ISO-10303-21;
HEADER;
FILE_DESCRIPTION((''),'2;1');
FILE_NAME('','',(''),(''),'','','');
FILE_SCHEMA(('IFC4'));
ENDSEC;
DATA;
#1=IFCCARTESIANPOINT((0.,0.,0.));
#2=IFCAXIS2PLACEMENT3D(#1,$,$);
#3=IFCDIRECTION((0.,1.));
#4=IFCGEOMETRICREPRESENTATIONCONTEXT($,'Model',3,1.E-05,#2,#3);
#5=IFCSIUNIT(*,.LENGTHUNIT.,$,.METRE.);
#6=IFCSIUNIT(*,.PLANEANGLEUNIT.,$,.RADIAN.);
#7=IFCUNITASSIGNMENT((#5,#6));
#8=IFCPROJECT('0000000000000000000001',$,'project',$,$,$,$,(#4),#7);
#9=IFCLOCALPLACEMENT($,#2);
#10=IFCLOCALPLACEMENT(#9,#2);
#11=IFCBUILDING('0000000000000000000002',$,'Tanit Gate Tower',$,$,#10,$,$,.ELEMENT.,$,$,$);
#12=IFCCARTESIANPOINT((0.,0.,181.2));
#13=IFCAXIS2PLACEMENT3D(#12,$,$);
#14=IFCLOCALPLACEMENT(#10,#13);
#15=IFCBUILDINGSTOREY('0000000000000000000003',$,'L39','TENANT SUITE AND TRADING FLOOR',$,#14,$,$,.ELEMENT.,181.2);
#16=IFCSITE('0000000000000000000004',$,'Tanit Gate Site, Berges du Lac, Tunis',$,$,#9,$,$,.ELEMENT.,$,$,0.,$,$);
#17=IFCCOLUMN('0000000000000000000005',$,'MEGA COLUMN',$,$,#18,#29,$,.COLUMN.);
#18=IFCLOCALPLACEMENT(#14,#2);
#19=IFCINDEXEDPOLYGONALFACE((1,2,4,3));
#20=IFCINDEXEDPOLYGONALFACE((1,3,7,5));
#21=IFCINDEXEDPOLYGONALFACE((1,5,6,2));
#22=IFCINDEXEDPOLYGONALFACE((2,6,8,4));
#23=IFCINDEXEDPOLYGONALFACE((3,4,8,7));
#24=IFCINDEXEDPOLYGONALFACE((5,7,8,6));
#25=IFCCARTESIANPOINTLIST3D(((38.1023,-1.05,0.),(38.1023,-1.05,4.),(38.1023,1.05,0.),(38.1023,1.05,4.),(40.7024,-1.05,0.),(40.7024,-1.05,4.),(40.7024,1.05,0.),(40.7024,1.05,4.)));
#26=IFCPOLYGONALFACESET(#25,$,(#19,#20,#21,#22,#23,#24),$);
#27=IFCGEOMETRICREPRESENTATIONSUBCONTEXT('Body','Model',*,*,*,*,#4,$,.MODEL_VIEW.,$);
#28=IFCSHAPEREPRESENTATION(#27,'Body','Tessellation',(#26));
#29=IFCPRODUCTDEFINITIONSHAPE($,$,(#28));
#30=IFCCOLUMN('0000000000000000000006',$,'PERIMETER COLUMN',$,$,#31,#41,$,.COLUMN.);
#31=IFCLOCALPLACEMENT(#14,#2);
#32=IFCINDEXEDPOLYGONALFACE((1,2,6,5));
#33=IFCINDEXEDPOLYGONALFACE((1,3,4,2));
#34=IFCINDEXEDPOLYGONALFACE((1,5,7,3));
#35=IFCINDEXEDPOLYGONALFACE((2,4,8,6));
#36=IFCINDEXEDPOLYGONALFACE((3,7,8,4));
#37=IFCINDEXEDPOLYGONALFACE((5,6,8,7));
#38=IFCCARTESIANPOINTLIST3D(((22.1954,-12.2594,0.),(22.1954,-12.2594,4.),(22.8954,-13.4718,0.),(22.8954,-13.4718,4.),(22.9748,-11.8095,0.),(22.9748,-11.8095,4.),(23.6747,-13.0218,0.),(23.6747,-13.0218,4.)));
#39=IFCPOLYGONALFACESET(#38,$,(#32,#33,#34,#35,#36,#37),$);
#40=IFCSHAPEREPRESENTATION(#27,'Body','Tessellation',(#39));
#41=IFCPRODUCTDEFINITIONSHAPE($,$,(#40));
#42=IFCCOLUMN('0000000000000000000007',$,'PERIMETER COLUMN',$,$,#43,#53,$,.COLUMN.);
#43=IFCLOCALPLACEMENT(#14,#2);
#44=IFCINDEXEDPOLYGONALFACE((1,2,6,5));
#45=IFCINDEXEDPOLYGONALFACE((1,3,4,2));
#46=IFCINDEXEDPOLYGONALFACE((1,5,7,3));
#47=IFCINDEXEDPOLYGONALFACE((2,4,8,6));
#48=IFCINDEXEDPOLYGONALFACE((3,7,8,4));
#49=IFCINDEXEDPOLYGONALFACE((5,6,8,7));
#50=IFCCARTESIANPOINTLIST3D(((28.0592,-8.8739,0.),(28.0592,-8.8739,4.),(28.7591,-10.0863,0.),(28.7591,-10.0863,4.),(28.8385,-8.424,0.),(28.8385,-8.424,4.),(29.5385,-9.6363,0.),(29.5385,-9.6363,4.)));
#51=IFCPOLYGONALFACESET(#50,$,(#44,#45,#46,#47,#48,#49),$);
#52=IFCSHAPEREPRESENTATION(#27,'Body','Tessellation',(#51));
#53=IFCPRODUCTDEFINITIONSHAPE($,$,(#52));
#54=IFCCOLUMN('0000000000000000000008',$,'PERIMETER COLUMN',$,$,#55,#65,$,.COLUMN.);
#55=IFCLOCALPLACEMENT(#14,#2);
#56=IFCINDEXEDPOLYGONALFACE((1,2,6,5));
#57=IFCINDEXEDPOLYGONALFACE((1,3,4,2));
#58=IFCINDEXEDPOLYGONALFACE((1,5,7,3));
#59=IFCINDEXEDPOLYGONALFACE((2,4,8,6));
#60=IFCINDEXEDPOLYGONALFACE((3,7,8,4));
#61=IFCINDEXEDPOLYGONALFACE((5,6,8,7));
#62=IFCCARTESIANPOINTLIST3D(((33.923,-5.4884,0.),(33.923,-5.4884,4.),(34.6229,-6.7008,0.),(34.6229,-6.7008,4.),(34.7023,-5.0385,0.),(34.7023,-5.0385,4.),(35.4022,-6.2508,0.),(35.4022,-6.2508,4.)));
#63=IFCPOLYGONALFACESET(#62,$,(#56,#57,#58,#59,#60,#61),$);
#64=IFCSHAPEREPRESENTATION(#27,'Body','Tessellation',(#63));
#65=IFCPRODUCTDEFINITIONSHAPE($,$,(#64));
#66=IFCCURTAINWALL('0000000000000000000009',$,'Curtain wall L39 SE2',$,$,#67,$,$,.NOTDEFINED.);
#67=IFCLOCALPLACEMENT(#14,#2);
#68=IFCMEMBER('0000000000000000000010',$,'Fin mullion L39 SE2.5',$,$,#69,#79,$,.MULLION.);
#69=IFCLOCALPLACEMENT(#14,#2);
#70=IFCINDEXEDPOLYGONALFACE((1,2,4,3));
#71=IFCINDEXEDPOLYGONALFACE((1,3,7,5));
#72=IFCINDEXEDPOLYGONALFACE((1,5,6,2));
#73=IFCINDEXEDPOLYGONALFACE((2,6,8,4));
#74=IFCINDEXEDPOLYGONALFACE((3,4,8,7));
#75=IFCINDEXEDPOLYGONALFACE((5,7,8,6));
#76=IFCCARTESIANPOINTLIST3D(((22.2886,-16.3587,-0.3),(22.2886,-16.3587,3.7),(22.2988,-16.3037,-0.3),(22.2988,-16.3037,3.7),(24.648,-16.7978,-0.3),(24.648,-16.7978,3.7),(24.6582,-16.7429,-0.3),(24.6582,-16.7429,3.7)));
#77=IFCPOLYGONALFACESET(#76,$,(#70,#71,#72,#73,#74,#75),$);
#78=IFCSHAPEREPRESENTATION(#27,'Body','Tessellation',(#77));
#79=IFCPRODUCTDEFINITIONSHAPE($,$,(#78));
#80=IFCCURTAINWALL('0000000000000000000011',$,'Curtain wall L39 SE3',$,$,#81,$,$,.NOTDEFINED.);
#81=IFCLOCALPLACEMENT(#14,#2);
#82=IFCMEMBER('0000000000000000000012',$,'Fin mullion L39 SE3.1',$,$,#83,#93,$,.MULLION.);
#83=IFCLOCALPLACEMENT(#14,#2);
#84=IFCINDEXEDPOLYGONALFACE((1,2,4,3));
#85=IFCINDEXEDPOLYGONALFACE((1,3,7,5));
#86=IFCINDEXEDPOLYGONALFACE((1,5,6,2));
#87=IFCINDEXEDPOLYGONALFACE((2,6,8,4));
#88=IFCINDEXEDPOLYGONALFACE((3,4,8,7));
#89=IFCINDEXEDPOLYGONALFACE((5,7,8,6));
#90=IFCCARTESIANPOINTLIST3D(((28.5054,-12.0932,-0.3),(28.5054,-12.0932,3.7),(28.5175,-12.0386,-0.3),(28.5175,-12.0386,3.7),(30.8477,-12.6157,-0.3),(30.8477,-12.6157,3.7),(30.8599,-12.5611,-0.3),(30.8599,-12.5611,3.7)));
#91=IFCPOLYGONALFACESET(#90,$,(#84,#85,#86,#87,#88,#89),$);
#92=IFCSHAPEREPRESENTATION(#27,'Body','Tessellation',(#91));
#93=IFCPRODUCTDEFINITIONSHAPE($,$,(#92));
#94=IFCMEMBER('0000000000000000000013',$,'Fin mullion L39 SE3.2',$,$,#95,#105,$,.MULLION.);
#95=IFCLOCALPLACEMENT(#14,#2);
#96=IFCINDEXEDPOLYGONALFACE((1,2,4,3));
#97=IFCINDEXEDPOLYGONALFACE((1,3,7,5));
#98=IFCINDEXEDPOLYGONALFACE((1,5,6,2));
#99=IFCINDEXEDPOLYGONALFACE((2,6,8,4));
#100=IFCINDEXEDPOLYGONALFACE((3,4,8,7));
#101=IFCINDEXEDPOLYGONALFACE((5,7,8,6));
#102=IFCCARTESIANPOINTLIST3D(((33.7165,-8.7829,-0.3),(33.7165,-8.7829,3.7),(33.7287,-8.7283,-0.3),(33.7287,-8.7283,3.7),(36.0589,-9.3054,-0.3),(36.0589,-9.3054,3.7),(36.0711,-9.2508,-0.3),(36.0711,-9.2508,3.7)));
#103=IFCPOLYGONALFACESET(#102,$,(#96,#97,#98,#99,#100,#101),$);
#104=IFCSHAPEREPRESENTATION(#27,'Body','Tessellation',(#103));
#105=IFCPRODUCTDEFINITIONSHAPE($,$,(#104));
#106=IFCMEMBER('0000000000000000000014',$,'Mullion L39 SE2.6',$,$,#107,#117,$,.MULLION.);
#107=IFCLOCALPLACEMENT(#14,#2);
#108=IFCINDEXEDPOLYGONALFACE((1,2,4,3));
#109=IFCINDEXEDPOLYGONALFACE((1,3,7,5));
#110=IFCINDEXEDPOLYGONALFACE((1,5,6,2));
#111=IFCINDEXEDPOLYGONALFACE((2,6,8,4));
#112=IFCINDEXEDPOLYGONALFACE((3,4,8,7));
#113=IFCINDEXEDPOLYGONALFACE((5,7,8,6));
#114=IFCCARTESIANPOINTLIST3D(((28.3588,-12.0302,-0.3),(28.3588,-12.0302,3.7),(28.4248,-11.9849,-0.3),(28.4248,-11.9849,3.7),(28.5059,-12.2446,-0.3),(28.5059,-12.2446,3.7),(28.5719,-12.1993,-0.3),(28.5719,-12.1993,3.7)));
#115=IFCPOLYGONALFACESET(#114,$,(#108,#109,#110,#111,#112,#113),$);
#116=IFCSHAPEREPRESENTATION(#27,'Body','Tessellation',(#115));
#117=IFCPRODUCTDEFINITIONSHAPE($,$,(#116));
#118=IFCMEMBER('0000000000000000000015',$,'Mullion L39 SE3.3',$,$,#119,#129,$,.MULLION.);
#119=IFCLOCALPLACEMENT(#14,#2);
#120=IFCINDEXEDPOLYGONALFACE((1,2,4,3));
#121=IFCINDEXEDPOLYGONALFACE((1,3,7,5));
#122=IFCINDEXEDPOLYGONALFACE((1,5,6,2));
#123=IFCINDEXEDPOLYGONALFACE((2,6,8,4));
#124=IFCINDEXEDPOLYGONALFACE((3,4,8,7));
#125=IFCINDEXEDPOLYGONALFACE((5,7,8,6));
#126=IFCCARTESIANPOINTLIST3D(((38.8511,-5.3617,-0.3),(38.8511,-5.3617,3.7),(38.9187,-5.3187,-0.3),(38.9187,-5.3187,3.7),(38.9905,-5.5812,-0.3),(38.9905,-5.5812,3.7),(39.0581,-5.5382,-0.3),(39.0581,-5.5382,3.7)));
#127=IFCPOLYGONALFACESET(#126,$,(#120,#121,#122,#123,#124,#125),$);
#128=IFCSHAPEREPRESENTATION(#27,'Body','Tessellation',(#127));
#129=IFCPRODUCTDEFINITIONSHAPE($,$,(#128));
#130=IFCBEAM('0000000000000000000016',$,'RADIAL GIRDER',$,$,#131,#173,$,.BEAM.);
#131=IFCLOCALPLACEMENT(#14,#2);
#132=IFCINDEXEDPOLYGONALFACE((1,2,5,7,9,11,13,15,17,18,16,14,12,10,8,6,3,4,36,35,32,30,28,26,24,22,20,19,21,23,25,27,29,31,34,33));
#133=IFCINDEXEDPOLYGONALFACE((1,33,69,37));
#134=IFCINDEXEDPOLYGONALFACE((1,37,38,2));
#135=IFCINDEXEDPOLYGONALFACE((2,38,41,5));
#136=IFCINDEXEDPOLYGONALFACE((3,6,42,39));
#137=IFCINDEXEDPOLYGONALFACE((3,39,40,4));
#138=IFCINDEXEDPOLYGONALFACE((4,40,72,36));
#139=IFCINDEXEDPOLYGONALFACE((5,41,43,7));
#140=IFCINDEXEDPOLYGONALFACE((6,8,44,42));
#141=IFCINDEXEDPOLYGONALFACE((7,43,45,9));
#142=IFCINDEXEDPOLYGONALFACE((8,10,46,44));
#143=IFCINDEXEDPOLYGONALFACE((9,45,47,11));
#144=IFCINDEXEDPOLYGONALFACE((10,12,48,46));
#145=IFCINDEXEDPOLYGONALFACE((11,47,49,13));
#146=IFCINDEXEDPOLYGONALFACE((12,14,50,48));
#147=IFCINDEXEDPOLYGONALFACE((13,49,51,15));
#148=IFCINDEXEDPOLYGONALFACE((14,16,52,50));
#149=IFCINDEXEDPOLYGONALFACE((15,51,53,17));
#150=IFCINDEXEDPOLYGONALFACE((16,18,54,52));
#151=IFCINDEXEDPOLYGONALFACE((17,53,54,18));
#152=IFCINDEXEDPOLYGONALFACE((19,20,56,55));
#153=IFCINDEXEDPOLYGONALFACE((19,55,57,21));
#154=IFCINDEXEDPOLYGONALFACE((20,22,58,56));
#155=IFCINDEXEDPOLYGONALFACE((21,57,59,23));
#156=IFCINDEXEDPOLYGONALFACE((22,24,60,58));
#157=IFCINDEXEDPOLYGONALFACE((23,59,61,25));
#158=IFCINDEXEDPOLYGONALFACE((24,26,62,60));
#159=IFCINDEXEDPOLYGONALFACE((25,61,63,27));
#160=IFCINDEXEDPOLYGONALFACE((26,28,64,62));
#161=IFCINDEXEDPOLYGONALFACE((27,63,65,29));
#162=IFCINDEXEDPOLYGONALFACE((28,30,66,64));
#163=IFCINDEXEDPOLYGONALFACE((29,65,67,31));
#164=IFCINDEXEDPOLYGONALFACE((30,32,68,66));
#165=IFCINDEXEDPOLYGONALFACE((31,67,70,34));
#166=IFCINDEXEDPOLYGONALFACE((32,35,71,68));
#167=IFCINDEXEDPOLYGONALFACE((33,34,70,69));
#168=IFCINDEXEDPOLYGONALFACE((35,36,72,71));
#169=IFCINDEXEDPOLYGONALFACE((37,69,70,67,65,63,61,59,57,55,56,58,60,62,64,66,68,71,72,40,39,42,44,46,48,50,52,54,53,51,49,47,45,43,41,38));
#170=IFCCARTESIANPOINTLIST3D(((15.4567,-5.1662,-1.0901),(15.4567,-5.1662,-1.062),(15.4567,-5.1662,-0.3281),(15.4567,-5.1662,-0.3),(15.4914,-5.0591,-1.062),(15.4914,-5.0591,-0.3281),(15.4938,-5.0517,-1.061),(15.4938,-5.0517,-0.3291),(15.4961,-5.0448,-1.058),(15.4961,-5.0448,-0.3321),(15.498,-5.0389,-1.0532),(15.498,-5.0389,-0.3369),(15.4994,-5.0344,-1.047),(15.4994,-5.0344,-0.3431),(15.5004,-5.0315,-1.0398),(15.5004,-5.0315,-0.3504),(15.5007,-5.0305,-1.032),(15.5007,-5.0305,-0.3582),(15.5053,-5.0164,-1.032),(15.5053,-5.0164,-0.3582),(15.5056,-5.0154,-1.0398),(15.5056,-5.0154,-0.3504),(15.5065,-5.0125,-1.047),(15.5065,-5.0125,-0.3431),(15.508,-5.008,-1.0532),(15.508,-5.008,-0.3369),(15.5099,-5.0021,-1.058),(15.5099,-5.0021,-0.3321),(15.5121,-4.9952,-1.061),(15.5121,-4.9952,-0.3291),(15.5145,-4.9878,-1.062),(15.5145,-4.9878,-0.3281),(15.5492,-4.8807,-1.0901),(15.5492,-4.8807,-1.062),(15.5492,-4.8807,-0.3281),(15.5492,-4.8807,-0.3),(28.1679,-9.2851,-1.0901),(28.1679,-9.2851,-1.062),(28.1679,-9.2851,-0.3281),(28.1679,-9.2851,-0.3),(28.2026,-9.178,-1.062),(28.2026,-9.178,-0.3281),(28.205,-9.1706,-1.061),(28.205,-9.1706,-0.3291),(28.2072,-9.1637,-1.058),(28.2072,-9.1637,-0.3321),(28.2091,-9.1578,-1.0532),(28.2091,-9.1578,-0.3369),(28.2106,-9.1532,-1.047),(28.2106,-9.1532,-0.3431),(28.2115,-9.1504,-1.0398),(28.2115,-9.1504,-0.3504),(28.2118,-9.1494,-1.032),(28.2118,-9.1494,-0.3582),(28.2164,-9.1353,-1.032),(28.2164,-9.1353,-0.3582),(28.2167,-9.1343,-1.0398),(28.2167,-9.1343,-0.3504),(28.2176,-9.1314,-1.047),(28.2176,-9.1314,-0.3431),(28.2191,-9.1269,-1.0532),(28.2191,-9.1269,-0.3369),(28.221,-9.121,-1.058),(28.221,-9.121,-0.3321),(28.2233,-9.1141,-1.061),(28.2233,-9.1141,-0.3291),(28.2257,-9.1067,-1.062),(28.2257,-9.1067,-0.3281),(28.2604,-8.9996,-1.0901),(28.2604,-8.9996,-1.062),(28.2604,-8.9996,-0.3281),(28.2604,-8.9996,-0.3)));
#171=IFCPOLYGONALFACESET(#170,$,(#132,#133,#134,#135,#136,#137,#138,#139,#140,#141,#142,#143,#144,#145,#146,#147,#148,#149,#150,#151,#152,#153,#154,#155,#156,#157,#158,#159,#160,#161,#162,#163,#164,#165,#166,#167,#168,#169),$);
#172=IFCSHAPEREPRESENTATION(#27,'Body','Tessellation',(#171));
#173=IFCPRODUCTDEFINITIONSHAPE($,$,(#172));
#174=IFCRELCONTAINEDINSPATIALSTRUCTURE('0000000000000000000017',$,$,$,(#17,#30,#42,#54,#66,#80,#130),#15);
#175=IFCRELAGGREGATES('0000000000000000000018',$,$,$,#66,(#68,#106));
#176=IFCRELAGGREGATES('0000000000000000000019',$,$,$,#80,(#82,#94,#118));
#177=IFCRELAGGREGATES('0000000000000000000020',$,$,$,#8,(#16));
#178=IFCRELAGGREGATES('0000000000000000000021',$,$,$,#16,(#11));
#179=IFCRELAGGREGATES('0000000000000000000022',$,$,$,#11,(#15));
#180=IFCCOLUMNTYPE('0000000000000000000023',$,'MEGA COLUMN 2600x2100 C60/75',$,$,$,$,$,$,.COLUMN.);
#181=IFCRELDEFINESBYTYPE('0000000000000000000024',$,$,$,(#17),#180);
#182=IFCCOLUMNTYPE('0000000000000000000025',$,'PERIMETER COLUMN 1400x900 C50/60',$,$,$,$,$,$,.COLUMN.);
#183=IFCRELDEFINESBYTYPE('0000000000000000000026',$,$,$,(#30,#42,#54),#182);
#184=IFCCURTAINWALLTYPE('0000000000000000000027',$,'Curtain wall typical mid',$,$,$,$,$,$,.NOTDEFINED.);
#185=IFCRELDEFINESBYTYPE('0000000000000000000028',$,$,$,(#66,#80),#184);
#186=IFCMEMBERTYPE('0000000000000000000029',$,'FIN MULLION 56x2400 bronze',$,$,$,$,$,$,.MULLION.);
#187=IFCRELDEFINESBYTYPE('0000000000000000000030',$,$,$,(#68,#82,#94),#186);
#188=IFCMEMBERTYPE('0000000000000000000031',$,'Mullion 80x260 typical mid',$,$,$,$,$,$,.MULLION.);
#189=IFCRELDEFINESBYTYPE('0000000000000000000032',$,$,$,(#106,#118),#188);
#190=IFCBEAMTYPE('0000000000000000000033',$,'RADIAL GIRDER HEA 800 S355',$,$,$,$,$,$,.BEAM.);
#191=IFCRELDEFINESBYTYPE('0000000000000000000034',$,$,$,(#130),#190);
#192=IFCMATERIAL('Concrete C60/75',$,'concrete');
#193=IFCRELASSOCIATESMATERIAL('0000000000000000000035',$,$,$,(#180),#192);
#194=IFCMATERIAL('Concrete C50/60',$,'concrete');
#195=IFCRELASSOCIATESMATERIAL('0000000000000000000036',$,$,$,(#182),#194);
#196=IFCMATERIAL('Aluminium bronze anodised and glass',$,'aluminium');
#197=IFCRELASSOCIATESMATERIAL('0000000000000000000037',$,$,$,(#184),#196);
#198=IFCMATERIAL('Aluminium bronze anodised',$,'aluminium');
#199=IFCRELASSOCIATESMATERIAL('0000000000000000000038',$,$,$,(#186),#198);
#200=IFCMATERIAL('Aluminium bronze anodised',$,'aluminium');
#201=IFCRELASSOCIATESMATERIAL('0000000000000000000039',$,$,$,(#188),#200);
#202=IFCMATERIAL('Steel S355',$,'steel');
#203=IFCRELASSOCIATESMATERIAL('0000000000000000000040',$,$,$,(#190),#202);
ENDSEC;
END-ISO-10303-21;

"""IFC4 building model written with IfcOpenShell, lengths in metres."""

from ifc_helpers import new_model, si_unit, direction, frame, origin, origin_2d, place, context, subcontext, project, spatial, rectangle, i_section, extrude, material, material_profile, profile_set, type_object, element, aggregate, save


model = new_model("IFC4")

# Units and contexts
model_context = context("Model", 3, precision=1e-05, world=origin(), true_north=direction((0.0, 1.0)))
body_context = subcontext(model_context, "Body", "Model", "MODEL_VIEW")
ifc_project = project(units=[si_unit("LENGTHUNIT", "METRE"), si_unit("PLANEANGLEUNIT", "RADIAN")], contexts=[model_context])

# Site, building, storey
site_placement = place(None, origin())
site = spatial("IfcSite", under=ifc_project, at=site_placement, Name="Tanit Gate Site, Berges du Lac, Tunis", CompositionType="ELEMENT", RefElevation=0.0)
building_placement = place(site_placement, origin())
building = spatial("IfcBuilding", under=site, at=building_placement, Name="Tanit Gate Tower", CompositionType="ELEMENT")
storey_placement = place(building_placement, frame((0.0, 0.0, 181.2)))
storey = spatial("IfcBuildingStorey", under=building, at=storey_placement, Name="L39", Description="TENANT SUITE AND TRADING FLOOR", CompositionType="ELEMENT", Elevation=181.2)

# Columns
ifc_material_1 = material(Name="Concrete C60/75", Category="concrete")
ifc_material_profile_1 = material_profile(ifc_material_1, rectangle(XDim=2.6001, YDim=2.1001, at=origin_2d()), Name="RC 2600x2100")
ifc_profile_set_1 = profile_set([ifc_material_profile_1], Name="Concrete C60/75")
column_type_1 = type_object("IfcColumnType", Name="MEGA COLUMN 2600x2100 C60/75", PredefinedType="COLUMN", material=ifc_profile_set_1)
column_placement = place(storey_placement, frame((39.4023, 0.0, 0.0), z_axis=(0.0, 0.0, 1.0), x_axis=(1.0, 0.0, 0.0)))
element("IfcColumn", 1, at=column_placement, inside=storey, type_object=column_type_1, Name="MEGA COLUMN", PredefinedType="COLUMN", context=body_context, shape_type="SweptSolid", body=[
    extrude(rectangle(XDim=2.6001, YDim=2.1001, at=origin_2d()), origin(), (0.0, 0.0, 1.0), 4.0),
])
ifc_material_2 = material(Name="Concrete C50/60", Category="concrete")
ifc_material_profile_2 = material_profile(ifc_material_2, rectangle(XDim=1.3999, YDim=0.8999, at=origin_2d()), Name="RC 1400x900")
ifc_profile_set_2 = profile_set([ifc_material_profile_2], Name="Concrete C50/60")
column_type_2 = type_object("IfcColumnType", Name="PERIMETER COLUMN 1400x900 C50/60", PredefinedType="COLUMN", material=ifc_profile_set_2)
for number, where, z_axis, x_axis, name in (
    (2, (22.9351, -12.6406, 0.0), (0.0, 0.0, 1.0), (0.5, -0.866025, 0.0), "PERIMETER COLUMN"),
    (3, (28.7988, -9.2551, 0.0), (0.0, 0.0, 1.0), (0.5, -0.866025, 0.0), "PERIMETER COLUMN"),
    (4, (34.6626, -5.8696, 0.0), (0.0, 0.0, 1.0), (0.5, -0.866025, 0.0), "PERIMETER COLUMN"),
):
    element("IfcColumn", number, at=place(storey_placement, frame(where, z_axis=z_axis, x_axis=x_axis)), inside=storey, type_object=column_type_2, Name=name, PredefinedType="COLUMN", context=body_context, shape_type="SweptSolid", body=[
        extrude(rectangle(XDim=1.3999, YDim=0.8999, at=origin_2d()), origin(), (0.0, 0.0, 1.0), 4.0),
    ])

# Curtain wall, member
ifc_material_3 = material(Name="Aluminium bronze anodised and glass", Category="aluminium")
curtain_wall_type = type_object("IfcCurtainWallType", Name="Curtain wall typical mid", PredefinedType="NOTDEFINED", material=ifc_material_3)
curtain_wall_1_placement = place(storey_placement, origin())
curtain_wall_1 = element("IfcCurtainWall", 5, at=curtain_wall_1_placement, inside=storey, type_object=curtain_wall_type, Name="Curtain wall L39 SE2", PredefinedType="NOTDEFINED")
ifc_material_4 = material(Name="Aluminium bronze anodised", Category="aluminium")
ifc_material_profile_3 = material_profile(ifc_material_4, rectangle(XDim=2.3999, YDim=0.0559, at=origin_2d()), Name="56x2400 bronze fin mullion")
ifc_profile_set_3 = profile_set([ifc_material_profile_3], Name="Aluminium bronze anodised")
member_type_1 = type_object("IfcMemberType", Name="FIN MULLION 56x2400 bronze", PredefinedType="MULLION", material=ifc_profile_set_3)
member_1_placement = place(storey_placement, frame((23.4734, -16.5508, -0.3), z_axis=(0.0, 0.0, 1.0), x_axis=(-0.983116, 0.182983, 0.0)))
member_1 = element("IfcMember", 6, at=member_1_placement, type_object=member_type_1, Name="Fin mullion L39 SE2.5", PredefinedType="MULLION", context=body_context, shape_type="SweptSolid", body=[
    extrude(rectangle(XDim=2.3999, YDim=0.0559, at=origin_2d()), origin(), (0.0, 0.0, 1.0), 4.0),
])

# Curtain wall, members
curtain_wall_2_placement = place(storey_placement, origin())
curtain_wall_2 = element("IfcCurtainWall", 7, at=curtain_wall_2_placement, inside=storey, type_object=curtain_wall_type, Name="Curtain wall L39 SE3", PredefinedType="NOTDEFINED")
member_2_placement = place(storey_placement, frame((29.6826, -12.3271, -0.3), z_axis=(0.0, 0.0, 1.0), x_axis=(-0.976011, 0.217722, 0.0)))
member_2 = element("IfcMember", 8, at=member_2_placement, type_object=member_type_1, Name="Fin mullion L39 SE3.1", PredefinedType="MULLION", context=body_context, shape_type="SweptSolid", body=[
    extrude(rectangle(XDim=2.3999, YDim=0.0559, at=origin_2d()), origin(), (0.0, 0.0, 1.0), 4.0),
])
member_3_placement = place(storey_placement, frame((34.8938, -9.0168, -0.3), z_axis=(0.0, 0.0, 1.0), x_axis=(-0.976011, 0.217722, 0.0)))
member_3 = element("IfcMember", 9, at=member_3_placement, type_object=member_type_1, Name="Fin mullion L39 SE3.2", PredefinedType="MULLION", context=body_context, shape_type="SweptSolid", body=[
    extrude(rectangle(XDim=2.3999, YDim=0.0559, at=origin_2d()), origin(), (0.0, 0.0, 1.0), 4.0),
])

# Members
ifc_material_5 = material(Name="Aluminium bronze anodised", Category="aluminium")
ifc_material_profile_4 = material_profile(ifc_material_5, rectangle(XDim=0.26, YDim=0.0801, at=origin_2d()), Name="80x260 bronze mullion")
ifc_profile_set_4 = profile_set([ifc_material_profile_4], Name="Aluminium bronze anodised")
member_type_2 = type_object("IfcMemberType", Name="Mullion 80x260 typical mid", PredefinedType="MULLION", material=ifc_profile_set_4)
member_4_placement = place(storey_placement, frame((28.4653, -12.1147, -0.3), z_axis=(0.0, 0.0, 1.0), x_axis=(-0.56578, 0.824557, 0.0)))
member_4 = element("IfcMember", 10, at=member_4_placement, type_object=member_type_2, Name="Mullion L39 SE2.6", PredefinedType="MULLION", context=body_context, shape_type="SweptSolid", body=[
    extrude(rectangle(XDim=0.26, YDim=0.0801, at=origin_2d()), origin(), (0.0, 0.0, 1.0), 4.0),
])
member_5_placement = place(storey_placement, frame((38.9546, -5.45, -0.3), z_axis=(0.0, 0.0, 1.0), x_axis=(-0.536191, 0.844097, 0.0)))
member_5 = element("IfcMember", 11, at=member_5_placement, type_object=member_type_2, Name="Mullion L39 SE3.3", PredefinedType="MULLION", context=body_context, shape_type="SweptSolid", body=[
    extrude(rectangle(XDim=0.26, YDim=0.0801, at=origin_2d()), origin(), (0.0, 0.0, 1.0), 4.0),
])

# Beam
ifc_material_6 = material(Name="Steel S355", Category="steel")
ifc_material_profile_5 = material_profile(ifc_material_6, i_section(OverallWidth=0.3, OverallDepth=0.79, WebThickness=0.0149, FlangeThickness=0.0281, FilletRadius=0.03, at=origin_2d()), Name="HEA 800")
ifc_profile_set_5 = profile_set([ifc_material_profile_5], Name="Steel S355")
beam_type_1 = type_object("IfcBeamType", Name="RADIAL GIRDER HEA 800 S355", PredefinedType="BEAM", material=ifc_profile_set_5)
beam_1_placement = place(storey_placement, frame((28.2141, -9.1423, -0.6951), z_axis=(-0.951303, 0.308258, 0.0), x_axis=(-0.308258, -0.951303, 0.0)))
element("IfcBeam", 12, at=beam_1_placement, inside=storey, type_object=beam_type_1, Name="RADIAL GIRDER", PredefinedType="BEAM", context=body_context, shape_type="SweptSolid", body=[
    extrude(i_section(OverallWidth=0.3, OverallDepth=0.79, WebThickness=0.0149, FlangeThickness=0.0281, FilletRadius=0.03, at=origin_2d()), origin(), (0.0, 0.0, 1.0), 13.3618),
])

aggregate(curtain_wall_1, [member_1, member_4])
aggregate(curtain_wall_2, [member_2, member_3, member_5])

save(model, "model.ifc")
